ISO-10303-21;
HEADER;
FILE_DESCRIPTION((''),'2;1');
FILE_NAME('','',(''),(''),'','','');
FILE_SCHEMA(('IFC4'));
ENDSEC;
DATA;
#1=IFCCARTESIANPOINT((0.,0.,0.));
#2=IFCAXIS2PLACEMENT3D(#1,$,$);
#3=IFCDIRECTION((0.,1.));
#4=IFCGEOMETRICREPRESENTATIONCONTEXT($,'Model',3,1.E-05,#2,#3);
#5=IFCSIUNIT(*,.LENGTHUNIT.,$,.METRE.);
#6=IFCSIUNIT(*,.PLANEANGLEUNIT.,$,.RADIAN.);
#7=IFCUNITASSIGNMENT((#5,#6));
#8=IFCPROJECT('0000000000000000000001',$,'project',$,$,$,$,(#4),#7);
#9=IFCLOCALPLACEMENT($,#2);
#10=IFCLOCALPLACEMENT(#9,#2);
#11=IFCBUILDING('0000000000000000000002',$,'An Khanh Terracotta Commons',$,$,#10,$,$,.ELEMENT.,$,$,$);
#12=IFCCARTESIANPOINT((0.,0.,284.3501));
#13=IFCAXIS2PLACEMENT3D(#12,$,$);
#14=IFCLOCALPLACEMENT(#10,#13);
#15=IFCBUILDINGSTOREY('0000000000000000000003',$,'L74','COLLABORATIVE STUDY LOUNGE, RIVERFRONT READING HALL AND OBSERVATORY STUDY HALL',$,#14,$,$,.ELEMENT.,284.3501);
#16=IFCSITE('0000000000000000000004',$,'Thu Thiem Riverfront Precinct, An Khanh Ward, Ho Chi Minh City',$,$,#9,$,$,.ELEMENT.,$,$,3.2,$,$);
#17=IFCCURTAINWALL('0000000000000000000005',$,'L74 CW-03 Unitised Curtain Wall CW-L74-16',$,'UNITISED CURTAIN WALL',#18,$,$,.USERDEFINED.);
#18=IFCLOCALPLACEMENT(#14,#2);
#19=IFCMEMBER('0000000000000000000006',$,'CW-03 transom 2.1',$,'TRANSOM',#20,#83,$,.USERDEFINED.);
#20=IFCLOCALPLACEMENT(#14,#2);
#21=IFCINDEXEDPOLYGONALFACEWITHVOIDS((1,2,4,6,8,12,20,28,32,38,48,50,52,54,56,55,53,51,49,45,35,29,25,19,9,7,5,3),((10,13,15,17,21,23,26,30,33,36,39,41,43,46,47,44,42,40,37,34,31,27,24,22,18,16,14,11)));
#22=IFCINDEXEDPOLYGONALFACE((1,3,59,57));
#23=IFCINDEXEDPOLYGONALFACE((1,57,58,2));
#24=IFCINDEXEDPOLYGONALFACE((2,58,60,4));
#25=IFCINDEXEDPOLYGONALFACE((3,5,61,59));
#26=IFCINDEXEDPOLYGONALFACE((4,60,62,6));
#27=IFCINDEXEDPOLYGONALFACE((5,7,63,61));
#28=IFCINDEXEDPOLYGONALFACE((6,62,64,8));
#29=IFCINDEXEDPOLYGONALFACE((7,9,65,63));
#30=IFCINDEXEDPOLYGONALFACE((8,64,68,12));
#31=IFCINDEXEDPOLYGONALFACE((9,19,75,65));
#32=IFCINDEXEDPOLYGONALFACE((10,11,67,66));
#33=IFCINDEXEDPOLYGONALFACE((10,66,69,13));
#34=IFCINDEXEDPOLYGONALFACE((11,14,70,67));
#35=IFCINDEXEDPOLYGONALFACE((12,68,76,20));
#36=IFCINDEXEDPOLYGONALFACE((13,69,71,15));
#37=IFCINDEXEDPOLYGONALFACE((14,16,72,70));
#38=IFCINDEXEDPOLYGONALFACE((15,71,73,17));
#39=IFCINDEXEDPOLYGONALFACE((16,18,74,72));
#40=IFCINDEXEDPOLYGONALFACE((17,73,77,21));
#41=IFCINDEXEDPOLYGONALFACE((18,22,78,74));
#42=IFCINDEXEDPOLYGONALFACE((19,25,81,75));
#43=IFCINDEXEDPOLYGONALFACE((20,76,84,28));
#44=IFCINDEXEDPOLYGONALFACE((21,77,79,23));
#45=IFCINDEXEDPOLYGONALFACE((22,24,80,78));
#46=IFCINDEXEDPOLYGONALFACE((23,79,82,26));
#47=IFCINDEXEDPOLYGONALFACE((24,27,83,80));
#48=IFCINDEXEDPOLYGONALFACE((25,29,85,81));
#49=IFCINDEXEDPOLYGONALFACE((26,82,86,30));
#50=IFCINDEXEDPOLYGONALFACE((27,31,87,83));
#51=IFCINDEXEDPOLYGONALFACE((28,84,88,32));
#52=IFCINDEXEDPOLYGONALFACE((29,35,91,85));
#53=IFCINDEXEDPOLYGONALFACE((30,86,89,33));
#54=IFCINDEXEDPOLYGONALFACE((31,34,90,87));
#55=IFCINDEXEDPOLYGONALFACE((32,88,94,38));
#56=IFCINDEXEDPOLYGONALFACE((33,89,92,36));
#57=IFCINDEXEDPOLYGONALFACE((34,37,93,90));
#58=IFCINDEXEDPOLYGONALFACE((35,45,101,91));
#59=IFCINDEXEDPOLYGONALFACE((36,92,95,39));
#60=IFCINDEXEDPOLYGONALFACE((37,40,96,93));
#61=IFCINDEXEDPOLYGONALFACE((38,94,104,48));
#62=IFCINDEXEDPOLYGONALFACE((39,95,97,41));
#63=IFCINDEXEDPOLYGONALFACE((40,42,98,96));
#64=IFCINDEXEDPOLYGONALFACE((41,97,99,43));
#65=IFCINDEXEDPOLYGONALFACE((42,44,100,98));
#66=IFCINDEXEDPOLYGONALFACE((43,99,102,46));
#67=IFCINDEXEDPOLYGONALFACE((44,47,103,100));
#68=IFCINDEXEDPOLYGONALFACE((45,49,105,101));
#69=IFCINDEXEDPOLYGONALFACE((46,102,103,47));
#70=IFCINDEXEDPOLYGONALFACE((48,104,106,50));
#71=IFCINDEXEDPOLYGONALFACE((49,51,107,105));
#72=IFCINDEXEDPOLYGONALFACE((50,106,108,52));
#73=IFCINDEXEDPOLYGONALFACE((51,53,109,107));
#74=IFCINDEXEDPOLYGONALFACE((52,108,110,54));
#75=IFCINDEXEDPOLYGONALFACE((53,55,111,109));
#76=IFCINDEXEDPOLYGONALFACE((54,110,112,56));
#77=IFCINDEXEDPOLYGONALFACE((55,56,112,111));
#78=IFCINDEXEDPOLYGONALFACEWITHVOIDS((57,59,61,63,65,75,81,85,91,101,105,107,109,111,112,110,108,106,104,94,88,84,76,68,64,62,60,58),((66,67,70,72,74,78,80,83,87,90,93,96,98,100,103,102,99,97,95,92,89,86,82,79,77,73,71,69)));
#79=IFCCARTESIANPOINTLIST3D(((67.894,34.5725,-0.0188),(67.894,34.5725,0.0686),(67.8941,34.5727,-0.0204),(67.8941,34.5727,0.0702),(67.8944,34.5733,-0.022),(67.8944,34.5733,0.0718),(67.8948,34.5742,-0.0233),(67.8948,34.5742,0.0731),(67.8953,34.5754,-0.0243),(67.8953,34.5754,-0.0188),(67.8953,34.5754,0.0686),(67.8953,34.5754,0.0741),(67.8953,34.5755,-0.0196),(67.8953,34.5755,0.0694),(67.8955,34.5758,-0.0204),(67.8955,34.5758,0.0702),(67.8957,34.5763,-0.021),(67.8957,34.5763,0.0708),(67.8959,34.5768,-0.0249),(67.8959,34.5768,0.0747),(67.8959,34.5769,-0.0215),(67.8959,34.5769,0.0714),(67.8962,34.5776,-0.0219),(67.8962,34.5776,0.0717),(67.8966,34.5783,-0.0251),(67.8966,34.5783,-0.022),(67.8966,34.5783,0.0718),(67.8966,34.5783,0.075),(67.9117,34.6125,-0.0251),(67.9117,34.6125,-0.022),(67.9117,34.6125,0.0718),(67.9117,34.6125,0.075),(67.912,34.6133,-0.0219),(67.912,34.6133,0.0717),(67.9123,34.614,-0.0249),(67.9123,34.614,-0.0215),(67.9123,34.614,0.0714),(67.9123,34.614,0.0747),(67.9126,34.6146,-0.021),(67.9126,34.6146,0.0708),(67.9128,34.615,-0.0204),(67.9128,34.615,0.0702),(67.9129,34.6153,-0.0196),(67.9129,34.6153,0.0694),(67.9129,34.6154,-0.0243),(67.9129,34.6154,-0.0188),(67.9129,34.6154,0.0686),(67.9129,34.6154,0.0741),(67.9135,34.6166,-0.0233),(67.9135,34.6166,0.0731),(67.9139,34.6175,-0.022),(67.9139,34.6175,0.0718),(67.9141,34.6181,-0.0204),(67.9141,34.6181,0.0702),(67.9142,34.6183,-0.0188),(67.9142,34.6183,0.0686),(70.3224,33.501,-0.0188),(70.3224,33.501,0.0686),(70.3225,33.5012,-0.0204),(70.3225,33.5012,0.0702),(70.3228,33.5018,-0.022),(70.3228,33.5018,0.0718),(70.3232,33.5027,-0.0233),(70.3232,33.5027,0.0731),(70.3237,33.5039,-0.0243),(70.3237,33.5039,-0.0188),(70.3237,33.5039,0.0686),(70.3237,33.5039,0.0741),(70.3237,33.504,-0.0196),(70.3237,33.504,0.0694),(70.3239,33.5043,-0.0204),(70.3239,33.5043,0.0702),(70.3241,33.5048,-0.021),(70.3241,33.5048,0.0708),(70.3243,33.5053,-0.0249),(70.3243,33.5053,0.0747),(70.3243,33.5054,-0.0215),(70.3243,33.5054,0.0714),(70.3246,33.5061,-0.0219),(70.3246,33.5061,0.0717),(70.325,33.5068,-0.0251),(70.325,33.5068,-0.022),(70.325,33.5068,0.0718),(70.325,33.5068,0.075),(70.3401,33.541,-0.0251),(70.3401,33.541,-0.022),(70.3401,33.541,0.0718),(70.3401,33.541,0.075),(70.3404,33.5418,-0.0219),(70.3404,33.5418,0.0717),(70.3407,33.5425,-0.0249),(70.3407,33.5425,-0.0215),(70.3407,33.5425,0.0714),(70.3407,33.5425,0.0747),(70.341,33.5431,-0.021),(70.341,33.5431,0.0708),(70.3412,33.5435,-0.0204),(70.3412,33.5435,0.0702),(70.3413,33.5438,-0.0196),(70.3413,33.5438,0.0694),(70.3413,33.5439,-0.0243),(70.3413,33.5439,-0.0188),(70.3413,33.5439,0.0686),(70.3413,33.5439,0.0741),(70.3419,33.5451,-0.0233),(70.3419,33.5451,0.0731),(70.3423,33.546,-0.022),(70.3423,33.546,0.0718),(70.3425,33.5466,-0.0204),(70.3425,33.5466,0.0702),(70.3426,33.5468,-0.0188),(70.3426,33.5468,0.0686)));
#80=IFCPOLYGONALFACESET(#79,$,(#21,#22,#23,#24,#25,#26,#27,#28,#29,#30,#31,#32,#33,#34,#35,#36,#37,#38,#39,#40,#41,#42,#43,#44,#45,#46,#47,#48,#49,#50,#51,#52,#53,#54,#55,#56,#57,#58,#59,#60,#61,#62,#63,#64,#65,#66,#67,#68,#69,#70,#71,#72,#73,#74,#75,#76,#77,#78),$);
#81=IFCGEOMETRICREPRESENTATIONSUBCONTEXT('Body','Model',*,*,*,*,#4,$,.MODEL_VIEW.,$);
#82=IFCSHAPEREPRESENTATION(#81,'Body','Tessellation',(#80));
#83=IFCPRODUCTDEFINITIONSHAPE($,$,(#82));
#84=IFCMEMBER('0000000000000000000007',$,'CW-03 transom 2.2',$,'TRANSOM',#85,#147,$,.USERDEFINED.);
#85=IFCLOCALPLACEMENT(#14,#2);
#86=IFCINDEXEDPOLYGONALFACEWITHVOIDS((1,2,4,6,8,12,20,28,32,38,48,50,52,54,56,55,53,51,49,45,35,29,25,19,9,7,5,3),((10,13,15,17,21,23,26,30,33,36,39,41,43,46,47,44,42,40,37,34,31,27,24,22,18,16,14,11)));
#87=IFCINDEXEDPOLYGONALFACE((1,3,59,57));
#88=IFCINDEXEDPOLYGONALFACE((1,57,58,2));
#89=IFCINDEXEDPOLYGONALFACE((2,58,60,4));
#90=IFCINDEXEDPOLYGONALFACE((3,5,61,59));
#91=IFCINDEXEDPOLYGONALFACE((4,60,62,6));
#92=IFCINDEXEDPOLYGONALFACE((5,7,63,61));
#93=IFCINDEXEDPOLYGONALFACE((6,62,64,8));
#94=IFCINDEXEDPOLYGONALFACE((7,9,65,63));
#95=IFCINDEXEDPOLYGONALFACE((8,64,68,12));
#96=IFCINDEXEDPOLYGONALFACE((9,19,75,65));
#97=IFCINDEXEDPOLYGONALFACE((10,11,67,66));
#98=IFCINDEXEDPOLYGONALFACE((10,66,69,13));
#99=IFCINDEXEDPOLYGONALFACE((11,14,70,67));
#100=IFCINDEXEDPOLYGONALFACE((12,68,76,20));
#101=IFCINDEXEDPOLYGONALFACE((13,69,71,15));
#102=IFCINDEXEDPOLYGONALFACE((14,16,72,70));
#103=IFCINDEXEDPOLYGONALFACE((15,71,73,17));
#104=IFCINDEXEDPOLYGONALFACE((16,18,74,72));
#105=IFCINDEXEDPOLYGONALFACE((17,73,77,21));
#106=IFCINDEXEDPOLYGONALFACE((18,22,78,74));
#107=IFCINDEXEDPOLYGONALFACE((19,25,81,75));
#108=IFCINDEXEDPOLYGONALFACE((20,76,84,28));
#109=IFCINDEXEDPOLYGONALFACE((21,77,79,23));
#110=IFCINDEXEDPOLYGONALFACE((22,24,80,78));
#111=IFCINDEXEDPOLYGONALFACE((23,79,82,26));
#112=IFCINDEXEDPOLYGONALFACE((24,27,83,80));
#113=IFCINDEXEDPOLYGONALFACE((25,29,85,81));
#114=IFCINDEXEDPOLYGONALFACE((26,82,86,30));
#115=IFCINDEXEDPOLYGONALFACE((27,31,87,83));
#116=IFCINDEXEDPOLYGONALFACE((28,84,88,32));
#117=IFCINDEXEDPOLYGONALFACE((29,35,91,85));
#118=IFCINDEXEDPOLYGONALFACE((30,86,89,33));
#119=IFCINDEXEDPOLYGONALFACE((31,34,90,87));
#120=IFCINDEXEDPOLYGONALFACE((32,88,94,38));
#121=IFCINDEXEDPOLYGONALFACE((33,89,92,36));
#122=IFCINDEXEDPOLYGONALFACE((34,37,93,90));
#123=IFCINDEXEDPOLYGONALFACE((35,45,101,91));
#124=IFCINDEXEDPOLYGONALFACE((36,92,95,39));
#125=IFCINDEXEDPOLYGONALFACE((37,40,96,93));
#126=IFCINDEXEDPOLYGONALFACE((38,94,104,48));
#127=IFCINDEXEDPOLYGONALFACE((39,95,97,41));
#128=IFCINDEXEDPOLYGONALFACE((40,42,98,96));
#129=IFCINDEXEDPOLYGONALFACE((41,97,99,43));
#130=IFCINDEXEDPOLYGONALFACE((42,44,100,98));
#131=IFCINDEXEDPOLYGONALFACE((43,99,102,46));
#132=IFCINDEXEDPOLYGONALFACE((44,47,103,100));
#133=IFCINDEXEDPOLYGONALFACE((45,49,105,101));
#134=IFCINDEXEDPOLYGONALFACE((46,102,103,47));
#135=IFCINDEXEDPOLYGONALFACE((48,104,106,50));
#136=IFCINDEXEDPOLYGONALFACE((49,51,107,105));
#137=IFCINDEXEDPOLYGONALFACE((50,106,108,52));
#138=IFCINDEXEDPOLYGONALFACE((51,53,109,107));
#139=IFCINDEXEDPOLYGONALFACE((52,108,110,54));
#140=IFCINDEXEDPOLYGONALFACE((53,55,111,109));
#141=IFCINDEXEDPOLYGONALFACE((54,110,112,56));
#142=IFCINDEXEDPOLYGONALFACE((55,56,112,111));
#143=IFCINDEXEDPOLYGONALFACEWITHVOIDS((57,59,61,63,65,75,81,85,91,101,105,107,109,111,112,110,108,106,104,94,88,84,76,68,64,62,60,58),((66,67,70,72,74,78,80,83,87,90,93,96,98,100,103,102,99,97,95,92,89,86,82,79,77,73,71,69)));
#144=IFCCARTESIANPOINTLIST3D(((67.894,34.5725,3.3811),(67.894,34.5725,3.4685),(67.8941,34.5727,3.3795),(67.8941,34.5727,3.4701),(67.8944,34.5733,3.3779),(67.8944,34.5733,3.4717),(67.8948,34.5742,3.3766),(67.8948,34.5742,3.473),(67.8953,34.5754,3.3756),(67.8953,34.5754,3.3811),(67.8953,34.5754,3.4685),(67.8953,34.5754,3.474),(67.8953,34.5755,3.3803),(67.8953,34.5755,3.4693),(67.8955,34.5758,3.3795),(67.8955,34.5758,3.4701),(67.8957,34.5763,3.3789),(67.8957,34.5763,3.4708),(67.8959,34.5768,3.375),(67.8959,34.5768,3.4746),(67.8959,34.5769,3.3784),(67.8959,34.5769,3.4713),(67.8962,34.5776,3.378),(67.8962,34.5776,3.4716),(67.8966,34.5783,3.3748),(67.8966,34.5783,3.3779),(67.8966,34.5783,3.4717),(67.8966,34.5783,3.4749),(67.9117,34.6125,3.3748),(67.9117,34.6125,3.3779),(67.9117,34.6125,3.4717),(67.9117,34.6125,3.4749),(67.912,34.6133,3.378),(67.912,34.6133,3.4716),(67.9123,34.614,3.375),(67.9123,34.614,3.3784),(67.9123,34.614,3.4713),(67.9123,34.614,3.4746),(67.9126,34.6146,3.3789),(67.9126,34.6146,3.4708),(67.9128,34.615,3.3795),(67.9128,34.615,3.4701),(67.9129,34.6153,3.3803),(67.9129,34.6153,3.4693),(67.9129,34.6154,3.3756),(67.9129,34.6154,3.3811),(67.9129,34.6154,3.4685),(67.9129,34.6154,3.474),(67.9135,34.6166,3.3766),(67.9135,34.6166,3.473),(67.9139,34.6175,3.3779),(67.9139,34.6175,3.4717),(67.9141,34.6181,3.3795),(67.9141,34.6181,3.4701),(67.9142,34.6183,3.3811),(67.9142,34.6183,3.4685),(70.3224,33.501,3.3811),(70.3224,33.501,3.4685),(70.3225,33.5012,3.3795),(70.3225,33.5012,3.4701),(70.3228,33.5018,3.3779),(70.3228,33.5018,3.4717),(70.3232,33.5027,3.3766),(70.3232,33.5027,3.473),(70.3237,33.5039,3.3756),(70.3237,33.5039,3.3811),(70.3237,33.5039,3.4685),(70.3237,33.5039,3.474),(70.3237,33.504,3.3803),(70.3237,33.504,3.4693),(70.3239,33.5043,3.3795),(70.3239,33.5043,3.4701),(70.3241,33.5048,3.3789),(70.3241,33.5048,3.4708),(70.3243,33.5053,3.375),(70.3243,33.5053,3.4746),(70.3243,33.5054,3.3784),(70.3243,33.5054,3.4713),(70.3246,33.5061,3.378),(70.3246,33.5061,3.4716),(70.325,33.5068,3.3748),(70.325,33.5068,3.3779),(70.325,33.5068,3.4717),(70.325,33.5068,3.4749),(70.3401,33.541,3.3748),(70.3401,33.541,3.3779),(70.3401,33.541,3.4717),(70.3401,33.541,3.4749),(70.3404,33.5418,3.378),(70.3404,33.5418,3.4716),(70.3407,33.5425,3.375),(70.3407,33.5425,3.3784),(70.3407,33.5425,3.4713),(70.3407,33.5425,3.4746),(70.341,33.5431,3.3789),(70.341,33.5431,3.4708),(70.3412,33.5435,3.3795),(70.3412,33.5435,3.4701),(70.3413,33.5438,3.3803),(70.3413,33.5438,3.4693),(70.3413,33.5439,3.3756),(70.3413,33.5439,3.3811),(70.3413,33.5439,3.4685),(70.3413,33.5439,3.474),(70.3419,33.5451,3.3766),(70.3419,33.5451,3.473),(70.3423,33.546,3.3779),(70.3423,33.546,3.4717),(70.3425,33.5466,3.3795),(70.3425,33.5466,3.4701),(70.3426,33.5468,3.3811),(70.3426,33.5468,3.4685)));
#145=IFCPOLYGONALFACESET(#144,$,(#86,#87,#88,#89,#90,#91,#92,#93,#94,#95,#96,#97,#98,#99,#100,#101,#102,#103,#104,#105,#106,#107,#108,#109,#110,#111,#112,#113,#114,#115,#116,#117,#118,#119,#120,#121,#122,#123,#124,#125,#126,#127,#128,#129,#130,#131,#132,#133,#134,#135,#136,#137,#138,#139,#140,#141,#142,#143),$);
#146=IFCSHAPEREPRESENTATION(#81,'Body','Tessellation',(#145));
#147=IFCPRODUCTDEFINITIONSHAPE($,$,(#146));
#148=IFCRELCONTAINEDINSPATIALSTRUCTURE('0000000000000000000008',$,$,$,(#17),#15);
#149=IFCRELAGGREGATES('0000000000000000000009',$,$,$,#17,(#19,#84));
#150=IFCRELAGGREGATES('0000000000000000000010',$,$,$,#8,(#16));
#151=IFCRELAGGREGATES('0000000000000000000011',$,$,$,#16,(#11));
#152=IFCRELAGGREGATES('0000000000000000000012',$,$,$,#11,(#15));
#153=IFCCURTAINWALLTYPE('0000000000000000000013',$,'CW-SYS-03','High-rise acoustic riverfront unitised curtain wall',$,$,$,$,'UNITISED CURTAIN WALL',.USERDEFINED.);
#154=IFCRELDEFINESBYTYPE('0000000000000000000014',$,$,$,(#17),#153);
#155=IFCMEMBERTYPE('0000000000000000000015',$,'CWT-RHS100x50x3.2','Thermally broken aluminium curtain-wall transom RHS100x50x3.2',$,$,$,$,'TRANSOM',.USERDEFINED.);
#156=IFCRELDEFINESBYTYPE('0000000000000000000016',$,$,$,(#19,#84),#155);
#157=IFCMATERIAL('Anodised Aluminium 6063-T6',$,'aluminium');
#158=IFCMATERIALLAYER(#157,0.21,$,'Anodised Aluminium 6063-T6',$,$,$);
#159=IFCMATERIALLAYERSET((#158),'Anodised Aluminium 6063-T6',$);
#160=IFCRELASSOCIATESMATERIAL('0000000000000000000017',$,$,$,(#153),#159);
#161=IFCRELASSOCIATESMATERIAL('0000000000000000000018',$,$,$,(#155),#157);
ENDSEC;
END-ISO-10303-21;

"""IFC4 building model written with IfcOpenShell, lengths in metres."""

from ifc_helpers import new_model, si_unit, direction, frame, origin, origin_2d, place, context, subcontext, project, spatial, hollow_rectangle, extrude, material, layer, layer_set, material_profile, profile_set, type_object, element, aggregate, save


model = new_model("IFC4")

# Units and contexts
model_context = context("Model", 3, precision=1e-05, world=origin(), true_north=direction((0.0, 1.0)))
body_context = subcontext(model_context, "Body", "Model", "MODEL_VIEW")
ifc_project = project(units=[si_unit("LENGTHUNIT", "METRE"), si_unit("PLANEANGLEUNIT", "RADIAN")], contexts=[model_context])

# Site, building, storey
site_placement = place(None, origin())
site = spatial("IfcSite", under=ifc_project, at=site_placement, Name="Thu Thiem Riverfront Precinct, An Khanh Ward, Ho Chi Minh City", CompositionType="ELEMENT", RefElevation=3.2)
building_placement = place(site_placement, origin())
building = spatial("IfcBuilding", under=site, at=building_placement, Name="An Khanh Terracotta Commons", CompositionType="ELEMENT")
storey_placement = place(building_placement, frame((0.0, 0.0, 284.3501)))
storey = spatial("IfcBuildingStorey", under=building, at=storey_placement, Name="L74", Description="COLLABORATIVE STUDY LOUNGE, RIVERFRONT READING HALL AND OBSERVATORY STUDY HALL", CompositionType="ELEMENT", Elevation=284.3501)

# Curtain wall
ifc_material_1 = material(Name="Anodised Aluminium 6063-T6", Category="aluminium")
ifc_layer_1 = layer(ifc_material_1, 0.21, Name="Anodised Aluminium 6063-T6")
ifc_layer_set_1 = layer_set([ifc_layer_1], Name="Anodised Aluminium 6063-T6")
curtain_wall_type = type_object("IfcCurtainWallType", Name="CW-SYS-03", Description="High-rise acoustic riverfront unitised curtain wall", ElementType="UNITISED CURTAIN WALL", PredefinedType="USERDEFINED", material=ifc_layer_set_1)
curtain_wall_1_placement = place(storey_placement, origin())
curtain_wall_1 = element("IfcCurtainWall", 1, at=curtain_wall_1_placement, inside=storey, type_object=curtain_wall_type, Name="L74 CW-03 Unitised Curtain Wall CW-L74-16", ObjectType="UNITISED CURTAIN WALL", PredefinedType="USERDEFINED")

# Members
ifc_material_profile_1 = material_profile(ifc_material_1, hollow_rectangle(XDim=0.05, YDim=0.1001, WallThickness=0.0032, InnerFilletRadius=0.0032, OuterFilletRadius=0.0063, at=origin_2d()), Name="RHS100x50x3.2")
ifc_profile_set_1 = profile_set([ifc_material_profile_1], Name="Anodised Aluminium 6063-T6")
member_type_1 = type_object("IfcMemberType", Name="CWT-RHS100x50x3.2", Description="Thermally broken aluminium curtain-wall transom RHS100x50x3.2", ElementType="TRANSOM", PredefinedType="USERDEFINED", material=ifc_profile_set_1)
member_1_placement = place(storey_placement, frame((70.3325, 33.5239, 0.0249), z_axis=(-0.914897, 0.403688, 0.0), x_axis=(-0.403688, -0.914897, 0.0)))
member_1 = element("IfcMember", 2, at=member_1_placement, type_object=member_type_1, Name="CW-03 transom 2.1", ObjectType="TRANSOM", PredefinedType="USERDEFINED", context=body_context, shape_type="SweptSolid", body=[
    extrude(hollow_rectangle(XDim=0.05, YDim=0.1001, WallThickness=0.0032, InnerFilletRadius=0.0032, OuterFilletRadius=0.0063, at=origin_2d()), origin(), (0.0, 0.0, 1.0), 2.6543),
])
member_2_placement = place(storey_placement, frame((70.3325, 33.5239, 3.4248), z_axis=(-0.914897, 0.403688, 0.0), x_axis=(-0.403688, -0.914897, 0.0)))
member_2 = element("IfcMember", 3, at=member_2_placement, type_object=member_type_1, Name="CW-03 transom 2.2", ObjectType="TRANSOM", PredefinedType="USERDEFINED", context=body_context, shape_type="SweptSolid", body=[
    extrude(hollow_rectangle(XDim=0.05, YDim=0.1001, WallThickness=0.0032, InnerFilletRadius=0.0032, OuterFilletRadius=0.0063, at=origin_2d()), origin(), (0.0, 0.0, 1.0), 2.6543),
])

aggregate(curtain_wall_1, [member_1, member_2])

save(model, "model.ifc")
